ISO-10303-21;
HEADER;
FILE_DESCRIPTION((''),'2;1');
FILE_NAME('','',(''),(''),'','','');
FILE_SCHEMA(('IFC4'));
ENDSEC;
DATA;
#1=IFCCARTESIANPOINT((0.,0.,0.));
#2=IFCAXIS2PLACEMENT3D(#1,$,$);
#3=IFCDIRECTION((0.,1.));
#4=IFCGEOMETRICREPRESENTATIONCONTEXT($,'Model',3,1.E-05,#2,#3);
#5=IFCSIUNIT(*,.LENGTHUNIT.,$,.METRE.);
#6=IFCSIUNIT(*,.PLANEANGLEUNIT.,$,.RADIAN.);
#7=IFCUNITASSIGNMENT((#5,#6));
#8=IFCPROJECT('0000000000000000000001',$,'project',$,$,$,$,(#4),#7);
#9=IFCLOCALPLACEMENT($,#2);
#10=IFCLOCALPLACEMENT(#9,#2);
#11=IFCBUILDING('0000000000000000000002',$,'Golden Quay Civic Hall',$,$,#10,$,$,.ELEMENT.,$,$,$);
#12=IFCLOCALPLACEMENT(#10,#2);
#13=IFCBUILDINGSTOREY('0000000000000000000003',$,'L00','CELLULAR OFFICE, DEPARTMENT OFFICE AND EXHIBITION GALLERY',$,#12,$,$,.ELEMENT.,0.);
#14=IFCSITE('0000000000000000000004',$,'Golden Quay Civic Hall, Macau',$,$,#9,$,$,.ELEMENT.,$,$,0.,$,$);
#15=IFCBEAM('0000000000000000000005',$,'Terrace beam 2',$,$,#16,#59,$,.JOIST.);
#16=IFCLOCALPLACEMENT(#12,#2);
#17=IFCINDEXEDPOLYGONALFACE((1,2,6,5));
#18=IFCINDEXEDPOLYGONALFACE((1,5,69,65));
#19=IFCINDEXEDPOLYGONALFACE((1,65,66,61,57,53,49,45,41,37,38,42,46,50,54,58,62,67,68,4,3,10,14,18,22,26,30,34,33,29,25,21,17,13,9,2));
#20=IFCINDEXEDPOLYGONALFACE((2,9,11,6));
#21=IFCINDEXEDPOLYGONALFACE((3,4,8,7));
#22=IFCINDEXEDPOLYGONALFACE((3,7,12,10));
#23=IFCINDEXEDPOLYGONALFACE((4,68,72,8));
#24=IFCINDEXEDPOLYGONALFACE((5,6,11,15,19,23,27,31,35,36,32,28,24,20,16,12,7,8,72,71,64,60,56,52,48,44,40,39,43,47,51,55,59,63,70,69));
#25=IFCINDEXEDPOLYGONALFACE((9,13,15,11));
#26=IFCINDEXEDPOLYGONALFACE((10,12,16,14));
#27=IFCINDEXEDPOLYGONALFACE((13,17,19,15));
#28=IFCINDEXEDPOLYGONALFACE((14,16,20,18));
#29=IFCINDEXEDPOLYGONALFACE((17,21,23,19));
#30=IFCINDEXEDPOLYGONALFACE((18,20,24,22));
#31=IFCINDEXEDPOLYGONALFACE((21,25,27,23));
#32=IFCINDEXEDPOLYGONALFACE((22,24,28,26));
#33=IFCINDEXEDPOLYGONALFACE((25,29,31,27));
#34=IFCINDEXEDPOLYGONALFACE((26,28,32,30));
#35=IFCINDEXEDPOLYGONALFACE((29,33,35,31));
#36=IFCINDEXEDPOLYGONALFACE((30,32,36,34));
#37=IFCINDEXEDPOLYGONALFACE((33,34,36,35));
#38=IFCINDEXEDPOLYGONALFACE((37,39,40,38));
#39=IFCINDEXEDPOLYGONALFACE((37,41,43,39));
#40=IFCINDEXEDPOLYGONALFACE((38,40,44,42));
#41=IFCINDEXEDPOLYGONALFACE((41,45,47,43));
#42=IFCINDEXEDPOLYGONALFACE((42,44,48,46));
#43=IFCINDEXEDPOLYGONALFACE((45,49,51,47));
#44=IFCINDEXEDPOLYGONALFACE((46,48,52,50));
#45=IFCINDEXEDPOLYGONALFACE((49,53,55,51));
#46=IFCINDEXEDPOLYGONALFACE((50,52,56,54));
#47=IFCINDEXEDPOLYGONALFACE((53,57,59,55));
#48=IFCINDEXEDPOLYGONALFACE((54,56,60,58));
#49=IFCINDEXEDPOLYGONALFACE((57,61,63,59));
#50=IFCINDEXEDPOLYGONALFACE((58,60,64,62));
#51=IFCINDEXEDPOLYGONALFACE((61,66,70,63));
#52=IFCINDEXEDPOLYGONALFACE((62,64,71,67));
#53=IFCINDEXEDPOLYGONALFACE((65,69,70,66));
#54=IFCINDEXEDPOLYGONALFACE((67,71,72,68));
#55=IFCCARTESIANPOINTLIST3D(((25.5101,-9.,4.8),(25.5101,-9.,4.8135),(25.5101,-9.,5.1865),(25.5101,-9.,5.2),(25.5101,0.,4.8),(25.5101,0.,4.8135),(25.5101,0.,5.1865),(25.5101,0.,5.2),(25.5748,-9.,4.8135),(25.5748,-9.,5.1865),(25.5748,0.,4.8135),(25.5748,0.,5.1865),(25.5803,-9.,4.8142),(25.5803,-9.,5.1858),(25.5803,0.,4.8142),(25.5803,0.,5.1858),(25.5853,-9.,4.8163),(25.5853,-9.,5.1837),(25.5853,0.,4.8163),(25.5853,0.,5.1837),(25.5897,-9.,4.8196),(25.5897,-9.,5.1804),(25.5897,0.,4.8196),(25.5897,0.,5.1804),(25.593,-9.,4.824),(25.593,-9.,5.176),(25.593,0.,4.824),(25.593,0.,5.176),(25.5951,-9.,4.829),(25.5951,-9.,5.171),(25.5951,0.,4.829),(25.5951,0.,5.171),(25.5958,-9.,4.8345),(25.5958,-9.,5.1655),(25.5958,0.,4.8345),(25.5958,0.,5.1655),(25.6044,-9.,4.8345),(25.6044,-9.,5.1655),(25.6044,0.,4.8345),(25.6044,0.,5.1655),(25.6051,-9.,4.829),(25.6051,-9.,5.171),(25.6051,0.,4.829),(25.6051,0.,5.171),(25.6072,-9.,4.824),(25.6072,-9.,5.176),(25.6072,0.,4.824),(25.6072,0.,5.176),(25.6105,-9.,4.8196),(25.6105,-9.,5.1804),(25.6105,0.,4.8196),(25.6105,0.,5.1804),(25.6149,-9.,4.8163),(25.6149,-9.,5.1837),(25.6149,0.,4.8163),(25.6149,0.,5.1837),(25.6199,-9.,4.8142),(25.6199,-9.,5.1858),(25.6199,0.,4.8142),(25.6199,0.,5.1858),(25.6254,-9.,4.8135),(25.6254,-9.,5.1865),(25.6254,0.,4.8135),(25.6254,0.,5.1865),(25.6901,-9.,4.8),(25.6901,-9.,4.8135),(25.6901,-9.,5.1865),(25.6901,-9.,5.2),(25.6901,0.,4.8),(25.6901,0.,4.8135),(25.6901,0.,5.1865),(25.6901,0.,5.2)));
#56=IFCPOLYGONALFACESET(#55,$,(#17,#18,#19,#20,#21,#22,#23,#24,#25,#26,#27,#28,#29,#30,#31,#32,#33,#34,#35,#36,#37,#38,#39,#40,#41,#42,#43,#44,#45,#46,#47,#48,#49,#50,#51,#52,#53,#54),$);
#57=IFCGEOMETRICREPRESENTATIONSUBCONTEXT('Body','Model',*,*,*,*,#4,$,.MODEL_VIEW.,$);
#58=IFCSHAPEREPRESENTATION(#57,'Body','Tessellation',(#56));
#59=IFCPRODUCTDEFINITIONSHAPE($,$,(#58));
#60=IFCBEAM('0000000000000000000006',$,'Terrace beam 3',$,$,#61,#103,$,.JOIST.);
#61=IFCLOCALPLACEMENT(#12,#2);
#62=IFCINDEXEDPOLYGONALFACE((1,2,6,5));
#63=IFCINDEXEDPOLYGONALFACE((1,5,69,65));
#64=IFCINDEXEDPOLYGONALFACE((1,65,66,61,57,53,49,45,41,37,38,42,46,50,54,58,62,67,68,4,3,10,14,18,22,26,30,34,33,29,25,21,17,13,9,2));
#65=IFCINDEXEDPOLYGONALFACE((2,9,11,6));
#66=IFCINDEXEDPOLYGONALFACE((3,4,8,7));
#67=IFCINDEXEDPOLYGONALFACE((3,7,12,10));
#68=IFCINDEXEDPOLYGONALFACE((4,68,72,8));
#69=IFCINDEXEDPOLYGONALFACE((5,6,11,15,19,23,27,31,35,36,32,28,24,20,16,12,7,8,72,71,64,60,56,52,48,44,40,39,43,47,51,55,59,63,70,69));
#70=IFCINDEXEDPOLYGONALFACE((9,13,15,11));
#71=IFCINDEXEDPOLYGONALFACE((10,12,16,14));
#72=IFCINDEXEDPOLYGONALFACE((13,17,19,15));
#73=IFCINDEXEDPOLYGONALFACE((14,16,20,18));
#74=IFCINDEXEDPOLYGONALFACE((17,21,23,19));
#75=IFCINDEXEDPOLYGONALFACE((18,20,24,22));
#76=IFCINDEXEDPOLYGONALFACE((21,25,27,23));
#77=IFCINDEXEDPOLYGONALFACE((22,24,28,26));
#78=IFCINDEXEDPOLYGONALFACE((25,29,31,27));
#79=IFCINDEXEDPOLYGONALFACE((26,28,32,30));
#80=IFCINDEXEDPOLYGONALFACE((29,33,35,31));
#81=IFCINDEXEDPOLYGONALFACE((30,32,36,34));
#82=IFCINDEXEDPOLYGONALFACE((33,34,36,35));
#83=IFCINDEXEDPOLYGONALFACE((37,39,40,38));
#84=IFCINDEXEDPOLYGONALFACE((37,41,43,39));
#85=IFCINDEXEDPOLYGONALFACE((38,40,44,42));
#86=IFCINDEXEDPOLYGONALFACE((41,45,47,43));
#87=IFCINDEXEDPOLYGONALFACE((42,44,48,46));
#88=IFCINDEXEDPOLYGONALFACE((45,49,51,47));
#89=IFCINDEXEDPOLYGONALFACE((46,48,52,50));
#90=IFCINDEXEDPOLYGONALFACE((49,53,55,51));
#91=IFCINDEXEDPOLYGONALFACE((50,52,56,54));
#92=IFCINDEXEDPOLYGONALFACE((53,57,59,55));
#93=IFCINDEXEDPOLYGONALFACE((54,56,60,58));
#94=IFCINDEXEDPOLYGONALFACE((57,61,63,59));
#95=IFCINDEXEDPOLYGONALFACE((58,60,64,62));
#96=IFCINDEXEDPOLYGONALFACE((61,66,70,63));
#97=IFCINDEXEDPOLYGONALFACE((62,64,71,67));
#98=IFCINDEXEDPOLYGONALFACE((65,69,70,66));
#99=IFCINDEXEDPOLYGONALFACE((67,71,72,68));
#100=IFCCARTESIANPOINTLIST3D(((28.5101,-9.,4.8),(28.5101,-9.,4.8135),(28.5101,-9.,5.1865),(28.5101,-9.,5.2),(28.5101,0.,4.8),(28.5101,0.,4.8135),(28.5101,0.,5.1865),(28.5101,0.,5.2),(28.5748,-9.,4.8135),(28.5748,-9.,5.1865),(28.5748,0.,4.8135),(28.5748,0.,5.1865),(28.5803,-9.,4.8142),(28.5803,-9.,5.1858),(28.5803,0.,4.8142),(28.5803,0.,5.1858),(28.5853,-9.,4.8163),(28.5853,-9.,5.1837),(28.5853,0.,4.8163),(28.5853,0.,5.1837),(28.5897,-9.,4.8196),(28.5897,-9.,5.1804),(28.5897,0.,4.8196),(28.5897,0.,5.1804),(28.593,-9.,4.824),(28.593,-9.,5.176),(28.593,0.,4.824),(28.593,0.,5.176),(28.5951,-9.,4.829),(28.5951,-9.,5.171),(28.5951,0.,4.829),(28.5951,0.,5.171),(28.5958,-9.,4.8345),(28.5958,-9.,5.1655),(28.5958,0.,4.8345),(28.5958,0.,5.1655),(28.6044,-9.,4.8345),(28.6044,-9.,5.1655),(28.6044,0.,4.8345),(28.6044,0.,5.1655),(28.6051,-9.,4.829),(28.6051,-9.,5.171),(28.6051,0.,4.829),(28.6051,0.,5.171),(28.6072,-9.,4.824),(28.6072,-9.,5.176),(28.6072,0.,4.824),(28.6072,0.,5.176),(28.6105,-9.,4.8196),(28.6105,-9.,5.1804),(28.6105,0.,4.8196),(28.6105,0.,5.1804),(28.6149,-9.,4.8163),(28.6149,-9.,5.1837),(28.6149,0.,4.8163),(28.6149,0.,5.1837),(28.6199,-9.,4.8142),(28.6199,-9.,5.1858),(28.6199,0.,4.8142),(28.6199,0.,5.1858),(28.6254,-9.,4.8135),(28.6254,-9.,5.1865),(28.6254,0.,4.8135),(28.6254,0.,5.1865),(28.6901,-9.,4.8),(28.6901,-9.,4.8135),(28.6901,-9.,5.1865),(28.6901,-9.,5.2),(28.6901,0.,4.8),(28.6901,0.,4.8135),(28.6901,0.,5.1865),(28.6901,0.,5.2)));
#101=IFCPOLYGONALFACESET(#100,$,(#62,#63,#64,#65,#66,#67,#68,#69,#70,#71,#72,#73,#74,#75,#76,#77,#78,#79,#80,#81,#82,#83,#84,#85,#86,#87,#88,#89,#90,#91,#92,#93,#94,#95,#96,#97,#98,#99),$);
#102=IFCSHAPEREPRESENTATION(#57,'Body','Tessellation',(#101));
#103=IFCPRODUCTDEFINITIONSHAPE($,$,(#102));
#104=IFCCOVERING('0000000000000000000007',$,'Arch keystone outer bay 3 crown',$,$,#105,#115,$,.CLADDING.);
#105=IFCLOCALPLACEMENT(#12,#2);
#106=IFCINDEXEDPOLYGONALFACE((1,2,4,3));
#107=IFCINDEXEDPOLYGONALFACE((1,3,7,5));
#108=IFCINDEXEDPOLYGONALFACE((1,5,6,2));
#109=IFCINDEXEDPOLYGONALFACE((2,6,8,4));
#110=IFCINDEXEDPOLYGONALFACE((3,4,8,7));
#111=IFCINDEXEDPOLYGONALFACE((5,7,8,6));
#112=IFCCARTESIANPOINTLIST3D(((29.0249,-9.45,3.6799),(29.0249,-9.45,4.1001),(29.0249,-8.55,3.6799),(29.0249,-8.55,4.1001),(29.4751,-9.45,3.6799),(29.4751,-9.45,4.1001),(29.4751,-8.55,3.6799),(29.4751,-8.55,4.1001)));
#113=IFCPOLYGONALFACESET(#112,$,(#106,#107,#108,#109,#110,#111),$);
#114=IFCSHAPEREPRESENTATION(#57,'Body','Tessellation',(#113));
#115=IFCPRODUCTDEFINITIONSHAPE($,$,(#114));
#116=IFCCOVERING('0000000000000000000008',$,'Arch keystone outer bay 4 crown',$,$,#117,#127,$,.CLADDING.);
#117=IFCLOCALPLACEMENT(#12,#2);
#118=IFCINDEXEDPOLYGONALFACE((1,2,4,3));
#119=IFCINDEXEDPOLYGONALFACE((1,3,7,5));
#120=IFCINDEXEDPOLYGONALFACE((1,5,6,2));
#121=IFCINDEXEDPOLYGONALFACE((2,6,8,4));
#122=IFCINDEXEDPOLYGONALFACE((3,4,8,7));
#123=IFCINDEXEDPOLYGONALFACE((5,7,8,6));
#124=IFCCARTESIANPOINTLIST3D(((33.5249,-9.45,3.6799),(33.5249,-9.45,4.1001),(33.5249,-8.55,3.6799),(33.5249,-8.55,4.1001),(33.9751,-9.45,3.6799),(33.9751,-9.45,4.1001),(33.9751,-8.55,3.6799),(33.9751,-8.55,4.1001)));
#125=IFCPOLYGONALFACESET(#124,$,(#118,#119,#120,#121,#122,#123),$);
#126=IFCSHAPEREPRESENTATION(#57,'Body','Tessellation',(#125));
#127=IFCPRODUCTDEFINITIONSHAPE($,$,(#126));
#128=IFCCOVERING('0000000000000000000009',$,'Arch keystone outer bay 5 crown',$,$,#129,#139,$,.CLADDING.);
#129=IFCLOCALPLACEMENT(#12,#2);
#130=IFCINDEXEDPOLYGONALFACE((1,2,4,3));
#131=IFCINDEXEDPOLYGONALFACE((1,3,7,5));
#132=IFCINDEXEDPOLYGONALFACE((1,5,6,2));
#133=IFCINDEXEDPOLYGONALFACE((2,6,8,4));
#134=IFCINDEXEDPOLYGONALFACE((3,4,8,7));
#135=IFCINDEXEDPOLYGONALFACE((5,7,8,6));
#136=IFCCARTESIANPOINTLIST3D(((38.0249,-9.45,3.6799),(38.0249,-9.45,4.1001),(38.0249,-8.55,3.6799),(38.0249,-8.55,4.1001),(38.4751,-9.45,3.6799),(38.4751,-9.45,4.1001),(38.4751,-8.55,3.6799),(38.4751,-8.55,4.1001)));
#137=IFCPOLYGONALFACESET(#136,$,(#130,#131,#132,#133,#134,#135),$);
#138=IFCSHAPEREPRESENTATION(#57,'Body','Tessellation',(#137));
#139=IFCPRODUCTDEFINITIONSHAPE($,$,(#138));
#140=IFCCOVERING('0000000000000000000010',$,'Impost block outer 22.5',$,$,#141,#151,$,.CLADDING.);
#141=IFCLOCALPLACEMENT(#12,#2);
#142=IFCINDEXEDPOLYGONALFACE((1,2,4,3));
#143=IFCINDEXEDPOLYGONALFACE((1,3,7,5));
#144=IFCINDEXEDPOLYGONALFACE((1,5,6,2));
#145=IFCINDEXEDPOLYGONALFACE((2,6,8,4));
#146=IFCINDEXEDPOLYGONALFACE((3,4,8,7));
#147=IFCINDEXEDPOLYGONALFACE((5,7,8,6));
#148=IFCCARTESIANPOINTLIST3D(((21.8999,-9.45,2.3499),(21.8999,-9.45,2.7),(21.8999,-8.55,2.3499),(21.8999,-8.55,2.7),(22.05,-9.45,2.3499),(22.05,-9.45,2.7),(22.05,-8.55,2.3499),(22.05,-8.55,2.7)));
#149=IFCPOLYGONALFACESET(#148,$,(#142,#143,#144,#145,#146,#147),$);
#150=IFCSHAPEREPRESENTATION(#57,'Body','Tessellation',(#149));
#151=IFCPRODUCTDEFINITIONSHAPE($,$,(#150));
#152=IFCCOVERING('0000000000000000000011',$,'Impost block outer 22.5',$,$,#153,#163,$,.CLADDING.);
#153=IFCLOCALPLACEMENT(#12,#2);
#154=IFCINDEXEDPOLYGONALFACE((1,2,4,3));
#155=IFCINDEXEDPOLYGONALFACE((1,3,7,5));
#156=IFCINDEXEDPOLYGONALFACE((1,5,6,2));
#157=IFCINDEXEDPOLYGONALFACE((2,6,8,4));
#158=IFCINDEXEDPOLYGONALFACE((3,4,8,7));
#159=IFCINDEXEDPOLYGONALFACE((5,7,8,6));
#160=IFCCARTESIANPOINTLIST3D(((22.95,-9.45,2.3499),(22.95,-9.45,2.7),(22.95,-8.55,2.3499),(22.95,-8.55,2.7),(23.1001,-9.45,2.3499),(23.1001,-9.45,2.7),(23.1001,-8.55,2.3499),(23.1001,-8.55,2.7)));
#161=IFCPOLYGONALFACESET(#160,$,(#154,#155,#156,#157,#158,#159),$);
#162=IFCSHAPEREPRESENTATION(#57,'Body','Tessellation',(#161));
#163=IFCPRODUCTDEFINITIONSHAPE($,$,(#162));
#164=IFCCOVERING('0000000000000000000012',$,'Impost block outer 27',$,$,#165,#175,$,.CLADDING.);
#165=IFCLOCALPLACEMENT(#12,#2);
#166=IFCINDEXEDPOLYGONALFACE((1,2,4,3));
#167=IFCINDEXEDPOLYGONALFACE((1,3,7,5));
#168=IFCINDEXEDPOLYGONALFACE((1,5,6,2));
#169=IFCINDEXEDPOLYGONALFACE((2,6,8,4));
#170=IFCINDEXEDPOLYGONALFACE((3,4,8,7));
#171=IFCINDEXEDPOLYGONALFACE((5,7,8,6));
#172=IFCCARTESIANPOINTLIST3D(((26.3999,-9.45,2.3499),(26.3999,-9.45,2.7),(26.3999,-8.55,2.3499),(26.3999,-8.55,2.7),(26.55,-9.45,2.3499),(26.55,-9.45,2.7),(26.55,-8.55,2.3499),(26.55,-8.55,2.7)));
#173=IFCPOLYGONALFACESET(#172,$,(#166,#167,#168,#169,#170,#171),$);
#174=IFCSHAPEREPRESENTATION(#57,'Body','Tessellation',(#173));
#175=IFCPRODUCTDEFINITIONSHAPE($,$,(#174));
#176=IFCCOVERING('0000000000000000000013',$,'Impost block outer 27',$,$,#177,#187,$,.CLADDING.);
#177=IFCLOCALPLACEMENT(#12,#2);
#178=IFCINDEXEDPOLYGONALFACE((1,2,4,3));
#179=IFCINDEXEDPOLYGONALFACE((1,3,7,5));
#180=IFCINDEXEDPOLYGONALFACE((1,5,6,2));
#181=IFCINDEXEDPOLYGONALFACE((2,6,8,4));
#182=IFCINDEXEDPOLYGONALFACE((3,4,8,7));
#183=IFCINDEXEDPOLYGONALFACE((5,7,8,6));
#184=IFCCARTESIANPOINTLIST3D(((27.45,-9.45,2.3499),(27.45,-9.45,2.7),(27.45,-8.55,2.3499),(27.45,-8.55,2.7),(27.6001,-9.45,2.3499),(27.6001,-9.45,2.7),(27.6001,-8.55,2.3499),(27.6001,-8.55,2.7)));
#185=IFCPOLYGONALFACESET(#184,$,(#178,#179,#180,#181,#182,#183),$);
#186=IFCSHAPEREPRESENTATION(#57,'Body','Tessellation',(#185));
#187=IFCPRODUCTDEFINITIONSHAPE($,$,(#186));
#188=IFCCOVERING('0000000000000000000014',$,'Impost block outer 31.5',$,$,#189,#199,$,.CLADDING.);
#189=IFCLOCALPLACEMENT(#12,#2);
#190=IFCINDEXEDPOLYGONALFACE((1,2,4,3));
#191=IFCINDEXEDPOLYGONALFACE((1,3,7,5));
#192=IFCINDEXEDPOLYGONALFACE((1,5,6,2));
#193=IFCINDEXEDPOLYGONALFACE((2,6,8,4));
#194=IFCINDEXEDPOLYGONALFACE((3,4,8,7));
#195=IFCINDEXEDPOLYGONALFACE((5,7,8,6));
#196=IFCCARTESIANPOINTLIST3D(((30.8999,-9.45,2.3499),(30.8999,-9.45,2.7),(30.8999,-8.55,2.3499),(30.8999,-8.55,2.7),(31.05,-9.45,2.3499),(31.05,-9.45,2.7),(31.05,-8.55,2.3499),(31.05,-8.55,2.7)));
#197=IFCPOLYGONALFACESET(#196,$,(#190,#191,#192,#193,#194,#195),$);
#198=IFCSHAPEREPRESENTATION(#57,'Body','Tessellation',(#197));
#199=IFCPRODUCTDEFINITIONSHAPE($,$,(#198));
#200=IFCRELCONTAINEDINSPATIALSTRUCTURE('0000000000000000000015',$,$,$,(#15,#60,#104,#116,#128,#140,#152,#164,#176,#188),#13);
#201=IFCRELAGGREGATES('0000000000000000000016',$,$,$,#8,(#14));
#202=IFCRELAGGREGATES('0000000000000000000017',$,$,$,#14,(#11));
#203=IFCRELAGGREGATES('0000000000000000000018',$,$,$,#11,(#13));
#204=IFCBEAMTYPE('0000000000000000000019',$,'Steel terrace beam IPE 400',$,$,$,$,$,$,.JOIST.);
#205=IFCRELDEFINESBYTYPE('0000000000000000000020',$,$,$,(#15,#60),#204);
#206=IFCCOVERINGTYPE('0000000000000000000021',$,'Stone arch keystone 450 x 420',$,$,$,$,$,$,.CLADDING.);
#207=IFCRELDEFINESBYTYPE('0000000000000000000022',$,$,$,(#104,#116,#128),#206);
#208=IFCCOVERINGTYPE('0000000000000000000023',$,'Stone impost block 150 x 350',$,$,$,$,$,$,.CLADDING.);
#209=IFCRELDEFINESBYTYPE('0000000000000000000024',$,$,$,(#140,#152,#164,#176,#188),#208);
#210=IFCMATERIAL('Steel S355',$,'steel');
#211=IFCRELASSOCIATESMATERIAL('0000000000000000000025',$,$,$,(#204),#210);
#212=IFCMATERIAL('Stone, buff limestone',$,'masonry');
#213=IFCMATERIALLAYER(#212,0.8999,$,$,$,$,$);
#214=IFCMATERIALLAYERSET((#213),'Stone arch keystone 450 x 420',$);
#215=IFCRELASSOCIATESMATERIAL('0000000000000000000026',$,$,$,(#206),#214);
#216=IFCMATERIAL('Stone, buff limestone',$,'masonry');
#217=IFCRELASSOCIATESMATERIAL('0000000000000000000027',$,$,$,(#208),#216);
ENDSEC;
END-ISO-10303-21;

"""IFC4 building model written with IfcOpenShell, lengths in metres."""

from ifc_helpers import new_model, si_unit, direction, frame, origin, origin_2d, place, context, subcontext, project, spatial, polyline, rectangle, i_section, outline, extrude, material, layer, layer_set, material_profile, profile_set, type_object, element, save


model = new_model("IFC4")

# Units and contexts
model_context = context("Model", 3, precision=1e-05, world=origin(), true_north=direction((0.0, 1.0)))
body_context = subcontext(model_context, "Body", "Model", "MODEL_VIEW")
ifc_project = project(units=[si_unit("LENGTHUNIT", "METRE"), si_unit("PLANEANGLEUNIT", "RADIAN")], contexts=[model_context])

# Site, building, storey
site_placement = place(None, origin())
site = spatial("IfcSite", under=ifc_project, at=site_placement, Name="Golden Quay Civic Hall, Macau", CompositionType="ELEMENT", RefElevation=0.0)
building_placement = place(site_placement, origin())
building = spatial("IfcBuilding", under=site, at=building_placement, Name="Golden Quay Civic Hall", CompositionType="ELEMENT")
storey_placement = place(building_placement, origin())
storey = spatial("IfcBuildingStorey", under=building, at=storey_placement, Name="L00", Description="CELLULAR OFFICE, DEPARTMENT OFFICE AND EXHIBITION GALLERY", CompositionType="ELEMENT", Elevation=0.0)

# Beams
ifc_material_1 = material(Name="Steel S355", Category="steel")
ifc_material_profile_1 = material_profile(ifc_material_1, i_section(OverallWidth=0.1799, OverallDepth=0.3999, WebThickness=0.0085, FlangeThickness=0.0134, FilletRadius=0.021, at=origin_2d()), Name="IPE 400")
ifc_profile_set_1 = profile_set([ifc_material_profile_1], Name="Steel S355")
beam_type_1 = type_object("IfcBeamType", Name="Steel terrace beam IPE 400", PredefinedType="JOIST", material=ifc_profile_set_1)
for number, where, z_axis, x_axis, name in (
    (1, (25.6001, -9.0, 5.0), (0.0, 1.0, 0.0), (-1.0, 0.0, 0.0), "Terrace beam 2"),
    (2, (28.6001, -9.0, 5.0), (0.0, 1.0, 0.0), (-1.0, 0.0, 0.0), "Terrace beam 3"),
):
    element("IfcBeam", number, at=place(storey_placement, frame(where, z_axis=z_axis, x_axis=x_axis)), inside=storey, type_object=beam_type_1, Name=name, PredefinedType="JOIST", context=body_context, shape_type="SweptSolid", body=[
        extrude(i_section(OverallWidth=0.1799, OverallDepth=0.3999, WebThickness=0.0085, FlangeThickness=0.0134, FilletRadius=0.021, at=origin_2d()), origin(), (0.0, 0.0, 1.0), 9.0),
    ])

# Coverings
ifc_material_2 = material(Name="Stone, buff limestone", Category="masonry")
ifc_layer_1 = layer(ifc_material_2, 0.8999)
ifc_layer_set_1 = layer_set([ifc_layer_1], Name="Stone arch keystone 450 x 420")
covering_type_1 = type_object("IfcCoveringType", Name="Stone arch keystone 450 x 420", PredefinedType="CLADDING", material=ifc_layer_set_1)
for number, where, z_axis, x_axis, name in (
    (3, (29.0249, -9.45, 3.6799), (0.0, -1.0, 0.0), (1.0, 0.0, 0.0), "Arch keystone outer bay 3 crown"),
    (4, (33.5249, -9.45, 3.6799), (0.0, -1.0, 0.0), (1.0, 0.0, 0.0), "Arch keystone outer bay 4 crown"),
    (5, (38.0249, -9.45, 3.6799), (0.0, -1.0, 0.0), (1.0, 0.0, 0.0), "Arch keystone outer bay 5 crown"),
):
    element("IfcCovering", number, at=place(storey_placement, frame(where, z_axis=z_axis, x_axis=x_axis)), inside=storey, type_object=covering_type_1, Name=name, PredefinedType="CLADDING", context=body_context, shape_type="SweptSolid", body=[
        extrude(outline(polyline([(0.0, 0.0), (0.4502, 0.0), (0.4502, 0.4202), (0.0, 0.4202), (0.0, 0.0)])), origin(), (0.0, 0.0, -1.0), 0.8999),
    ])
ifc_material_3 = material(Name="Stone, buff limestone", Category="masonry")
ifc_material_profile_2 = material_profile(ifc_material_3, rectangle(XDim=0.8999, YDim=0.3501, at=origin_2d()), Name="RC 900x350")
ifc_profile_set_2 = profile_set([ifc_material_profile_2], Name="Stone, buff limestone")
covering_type_2 = type_object("IfcCoveringType", Name="Stone impost block 150 x 350", PredefinedType="CLADDING", material=ifc_profile_set_2)
for number, where, z_axis, x_axis, name in (
    (6, (22.05, -9.0, 2.5249), (-1.0, 0.0, 0.0), (0.0, -1.0, 0.0), "Impost block outer 22.5"),
    (7, (22.95, -9.0, 2.5249), (1.0, 0.0, 0.0), (0.0, 1.0, 0.0), "Impost block outer 22.5"),
    (8, (26.55, -9.0, 2.5249), (-1.0, 0.0, 0.0), (0.0, -1.0, 0.0), "Impost block outer 27"),
    (9, (27.45, -9.0, 2.5249), (1.0, 0.0, 0.0), (0.0, 1.0, 0.0), "Impost block outer 27"),
    (10, (31.05, -9.0, 2.5249), (-1.0, 0.0, 0.0), (0.0, -1.0, 0.0), "Impost block outer 31.5"),
):
    element("IfcCovering", number, at=place(storey_placement, frame(where, z_axis=z_axis, x_axis=x_axis)), inside=storey, type_object=covering_type_2, Name=name, PredefinedType="CLADDING", context=body_context, shape_type="SweptSolid", body=[
        extrude(rectangle(XDim=0.8999, YDim=0.3501, at=origin_2d()), origin(), (0.0, 0.0, 1.0), 0.1501),
    ])

save(model, "model.ifc")
